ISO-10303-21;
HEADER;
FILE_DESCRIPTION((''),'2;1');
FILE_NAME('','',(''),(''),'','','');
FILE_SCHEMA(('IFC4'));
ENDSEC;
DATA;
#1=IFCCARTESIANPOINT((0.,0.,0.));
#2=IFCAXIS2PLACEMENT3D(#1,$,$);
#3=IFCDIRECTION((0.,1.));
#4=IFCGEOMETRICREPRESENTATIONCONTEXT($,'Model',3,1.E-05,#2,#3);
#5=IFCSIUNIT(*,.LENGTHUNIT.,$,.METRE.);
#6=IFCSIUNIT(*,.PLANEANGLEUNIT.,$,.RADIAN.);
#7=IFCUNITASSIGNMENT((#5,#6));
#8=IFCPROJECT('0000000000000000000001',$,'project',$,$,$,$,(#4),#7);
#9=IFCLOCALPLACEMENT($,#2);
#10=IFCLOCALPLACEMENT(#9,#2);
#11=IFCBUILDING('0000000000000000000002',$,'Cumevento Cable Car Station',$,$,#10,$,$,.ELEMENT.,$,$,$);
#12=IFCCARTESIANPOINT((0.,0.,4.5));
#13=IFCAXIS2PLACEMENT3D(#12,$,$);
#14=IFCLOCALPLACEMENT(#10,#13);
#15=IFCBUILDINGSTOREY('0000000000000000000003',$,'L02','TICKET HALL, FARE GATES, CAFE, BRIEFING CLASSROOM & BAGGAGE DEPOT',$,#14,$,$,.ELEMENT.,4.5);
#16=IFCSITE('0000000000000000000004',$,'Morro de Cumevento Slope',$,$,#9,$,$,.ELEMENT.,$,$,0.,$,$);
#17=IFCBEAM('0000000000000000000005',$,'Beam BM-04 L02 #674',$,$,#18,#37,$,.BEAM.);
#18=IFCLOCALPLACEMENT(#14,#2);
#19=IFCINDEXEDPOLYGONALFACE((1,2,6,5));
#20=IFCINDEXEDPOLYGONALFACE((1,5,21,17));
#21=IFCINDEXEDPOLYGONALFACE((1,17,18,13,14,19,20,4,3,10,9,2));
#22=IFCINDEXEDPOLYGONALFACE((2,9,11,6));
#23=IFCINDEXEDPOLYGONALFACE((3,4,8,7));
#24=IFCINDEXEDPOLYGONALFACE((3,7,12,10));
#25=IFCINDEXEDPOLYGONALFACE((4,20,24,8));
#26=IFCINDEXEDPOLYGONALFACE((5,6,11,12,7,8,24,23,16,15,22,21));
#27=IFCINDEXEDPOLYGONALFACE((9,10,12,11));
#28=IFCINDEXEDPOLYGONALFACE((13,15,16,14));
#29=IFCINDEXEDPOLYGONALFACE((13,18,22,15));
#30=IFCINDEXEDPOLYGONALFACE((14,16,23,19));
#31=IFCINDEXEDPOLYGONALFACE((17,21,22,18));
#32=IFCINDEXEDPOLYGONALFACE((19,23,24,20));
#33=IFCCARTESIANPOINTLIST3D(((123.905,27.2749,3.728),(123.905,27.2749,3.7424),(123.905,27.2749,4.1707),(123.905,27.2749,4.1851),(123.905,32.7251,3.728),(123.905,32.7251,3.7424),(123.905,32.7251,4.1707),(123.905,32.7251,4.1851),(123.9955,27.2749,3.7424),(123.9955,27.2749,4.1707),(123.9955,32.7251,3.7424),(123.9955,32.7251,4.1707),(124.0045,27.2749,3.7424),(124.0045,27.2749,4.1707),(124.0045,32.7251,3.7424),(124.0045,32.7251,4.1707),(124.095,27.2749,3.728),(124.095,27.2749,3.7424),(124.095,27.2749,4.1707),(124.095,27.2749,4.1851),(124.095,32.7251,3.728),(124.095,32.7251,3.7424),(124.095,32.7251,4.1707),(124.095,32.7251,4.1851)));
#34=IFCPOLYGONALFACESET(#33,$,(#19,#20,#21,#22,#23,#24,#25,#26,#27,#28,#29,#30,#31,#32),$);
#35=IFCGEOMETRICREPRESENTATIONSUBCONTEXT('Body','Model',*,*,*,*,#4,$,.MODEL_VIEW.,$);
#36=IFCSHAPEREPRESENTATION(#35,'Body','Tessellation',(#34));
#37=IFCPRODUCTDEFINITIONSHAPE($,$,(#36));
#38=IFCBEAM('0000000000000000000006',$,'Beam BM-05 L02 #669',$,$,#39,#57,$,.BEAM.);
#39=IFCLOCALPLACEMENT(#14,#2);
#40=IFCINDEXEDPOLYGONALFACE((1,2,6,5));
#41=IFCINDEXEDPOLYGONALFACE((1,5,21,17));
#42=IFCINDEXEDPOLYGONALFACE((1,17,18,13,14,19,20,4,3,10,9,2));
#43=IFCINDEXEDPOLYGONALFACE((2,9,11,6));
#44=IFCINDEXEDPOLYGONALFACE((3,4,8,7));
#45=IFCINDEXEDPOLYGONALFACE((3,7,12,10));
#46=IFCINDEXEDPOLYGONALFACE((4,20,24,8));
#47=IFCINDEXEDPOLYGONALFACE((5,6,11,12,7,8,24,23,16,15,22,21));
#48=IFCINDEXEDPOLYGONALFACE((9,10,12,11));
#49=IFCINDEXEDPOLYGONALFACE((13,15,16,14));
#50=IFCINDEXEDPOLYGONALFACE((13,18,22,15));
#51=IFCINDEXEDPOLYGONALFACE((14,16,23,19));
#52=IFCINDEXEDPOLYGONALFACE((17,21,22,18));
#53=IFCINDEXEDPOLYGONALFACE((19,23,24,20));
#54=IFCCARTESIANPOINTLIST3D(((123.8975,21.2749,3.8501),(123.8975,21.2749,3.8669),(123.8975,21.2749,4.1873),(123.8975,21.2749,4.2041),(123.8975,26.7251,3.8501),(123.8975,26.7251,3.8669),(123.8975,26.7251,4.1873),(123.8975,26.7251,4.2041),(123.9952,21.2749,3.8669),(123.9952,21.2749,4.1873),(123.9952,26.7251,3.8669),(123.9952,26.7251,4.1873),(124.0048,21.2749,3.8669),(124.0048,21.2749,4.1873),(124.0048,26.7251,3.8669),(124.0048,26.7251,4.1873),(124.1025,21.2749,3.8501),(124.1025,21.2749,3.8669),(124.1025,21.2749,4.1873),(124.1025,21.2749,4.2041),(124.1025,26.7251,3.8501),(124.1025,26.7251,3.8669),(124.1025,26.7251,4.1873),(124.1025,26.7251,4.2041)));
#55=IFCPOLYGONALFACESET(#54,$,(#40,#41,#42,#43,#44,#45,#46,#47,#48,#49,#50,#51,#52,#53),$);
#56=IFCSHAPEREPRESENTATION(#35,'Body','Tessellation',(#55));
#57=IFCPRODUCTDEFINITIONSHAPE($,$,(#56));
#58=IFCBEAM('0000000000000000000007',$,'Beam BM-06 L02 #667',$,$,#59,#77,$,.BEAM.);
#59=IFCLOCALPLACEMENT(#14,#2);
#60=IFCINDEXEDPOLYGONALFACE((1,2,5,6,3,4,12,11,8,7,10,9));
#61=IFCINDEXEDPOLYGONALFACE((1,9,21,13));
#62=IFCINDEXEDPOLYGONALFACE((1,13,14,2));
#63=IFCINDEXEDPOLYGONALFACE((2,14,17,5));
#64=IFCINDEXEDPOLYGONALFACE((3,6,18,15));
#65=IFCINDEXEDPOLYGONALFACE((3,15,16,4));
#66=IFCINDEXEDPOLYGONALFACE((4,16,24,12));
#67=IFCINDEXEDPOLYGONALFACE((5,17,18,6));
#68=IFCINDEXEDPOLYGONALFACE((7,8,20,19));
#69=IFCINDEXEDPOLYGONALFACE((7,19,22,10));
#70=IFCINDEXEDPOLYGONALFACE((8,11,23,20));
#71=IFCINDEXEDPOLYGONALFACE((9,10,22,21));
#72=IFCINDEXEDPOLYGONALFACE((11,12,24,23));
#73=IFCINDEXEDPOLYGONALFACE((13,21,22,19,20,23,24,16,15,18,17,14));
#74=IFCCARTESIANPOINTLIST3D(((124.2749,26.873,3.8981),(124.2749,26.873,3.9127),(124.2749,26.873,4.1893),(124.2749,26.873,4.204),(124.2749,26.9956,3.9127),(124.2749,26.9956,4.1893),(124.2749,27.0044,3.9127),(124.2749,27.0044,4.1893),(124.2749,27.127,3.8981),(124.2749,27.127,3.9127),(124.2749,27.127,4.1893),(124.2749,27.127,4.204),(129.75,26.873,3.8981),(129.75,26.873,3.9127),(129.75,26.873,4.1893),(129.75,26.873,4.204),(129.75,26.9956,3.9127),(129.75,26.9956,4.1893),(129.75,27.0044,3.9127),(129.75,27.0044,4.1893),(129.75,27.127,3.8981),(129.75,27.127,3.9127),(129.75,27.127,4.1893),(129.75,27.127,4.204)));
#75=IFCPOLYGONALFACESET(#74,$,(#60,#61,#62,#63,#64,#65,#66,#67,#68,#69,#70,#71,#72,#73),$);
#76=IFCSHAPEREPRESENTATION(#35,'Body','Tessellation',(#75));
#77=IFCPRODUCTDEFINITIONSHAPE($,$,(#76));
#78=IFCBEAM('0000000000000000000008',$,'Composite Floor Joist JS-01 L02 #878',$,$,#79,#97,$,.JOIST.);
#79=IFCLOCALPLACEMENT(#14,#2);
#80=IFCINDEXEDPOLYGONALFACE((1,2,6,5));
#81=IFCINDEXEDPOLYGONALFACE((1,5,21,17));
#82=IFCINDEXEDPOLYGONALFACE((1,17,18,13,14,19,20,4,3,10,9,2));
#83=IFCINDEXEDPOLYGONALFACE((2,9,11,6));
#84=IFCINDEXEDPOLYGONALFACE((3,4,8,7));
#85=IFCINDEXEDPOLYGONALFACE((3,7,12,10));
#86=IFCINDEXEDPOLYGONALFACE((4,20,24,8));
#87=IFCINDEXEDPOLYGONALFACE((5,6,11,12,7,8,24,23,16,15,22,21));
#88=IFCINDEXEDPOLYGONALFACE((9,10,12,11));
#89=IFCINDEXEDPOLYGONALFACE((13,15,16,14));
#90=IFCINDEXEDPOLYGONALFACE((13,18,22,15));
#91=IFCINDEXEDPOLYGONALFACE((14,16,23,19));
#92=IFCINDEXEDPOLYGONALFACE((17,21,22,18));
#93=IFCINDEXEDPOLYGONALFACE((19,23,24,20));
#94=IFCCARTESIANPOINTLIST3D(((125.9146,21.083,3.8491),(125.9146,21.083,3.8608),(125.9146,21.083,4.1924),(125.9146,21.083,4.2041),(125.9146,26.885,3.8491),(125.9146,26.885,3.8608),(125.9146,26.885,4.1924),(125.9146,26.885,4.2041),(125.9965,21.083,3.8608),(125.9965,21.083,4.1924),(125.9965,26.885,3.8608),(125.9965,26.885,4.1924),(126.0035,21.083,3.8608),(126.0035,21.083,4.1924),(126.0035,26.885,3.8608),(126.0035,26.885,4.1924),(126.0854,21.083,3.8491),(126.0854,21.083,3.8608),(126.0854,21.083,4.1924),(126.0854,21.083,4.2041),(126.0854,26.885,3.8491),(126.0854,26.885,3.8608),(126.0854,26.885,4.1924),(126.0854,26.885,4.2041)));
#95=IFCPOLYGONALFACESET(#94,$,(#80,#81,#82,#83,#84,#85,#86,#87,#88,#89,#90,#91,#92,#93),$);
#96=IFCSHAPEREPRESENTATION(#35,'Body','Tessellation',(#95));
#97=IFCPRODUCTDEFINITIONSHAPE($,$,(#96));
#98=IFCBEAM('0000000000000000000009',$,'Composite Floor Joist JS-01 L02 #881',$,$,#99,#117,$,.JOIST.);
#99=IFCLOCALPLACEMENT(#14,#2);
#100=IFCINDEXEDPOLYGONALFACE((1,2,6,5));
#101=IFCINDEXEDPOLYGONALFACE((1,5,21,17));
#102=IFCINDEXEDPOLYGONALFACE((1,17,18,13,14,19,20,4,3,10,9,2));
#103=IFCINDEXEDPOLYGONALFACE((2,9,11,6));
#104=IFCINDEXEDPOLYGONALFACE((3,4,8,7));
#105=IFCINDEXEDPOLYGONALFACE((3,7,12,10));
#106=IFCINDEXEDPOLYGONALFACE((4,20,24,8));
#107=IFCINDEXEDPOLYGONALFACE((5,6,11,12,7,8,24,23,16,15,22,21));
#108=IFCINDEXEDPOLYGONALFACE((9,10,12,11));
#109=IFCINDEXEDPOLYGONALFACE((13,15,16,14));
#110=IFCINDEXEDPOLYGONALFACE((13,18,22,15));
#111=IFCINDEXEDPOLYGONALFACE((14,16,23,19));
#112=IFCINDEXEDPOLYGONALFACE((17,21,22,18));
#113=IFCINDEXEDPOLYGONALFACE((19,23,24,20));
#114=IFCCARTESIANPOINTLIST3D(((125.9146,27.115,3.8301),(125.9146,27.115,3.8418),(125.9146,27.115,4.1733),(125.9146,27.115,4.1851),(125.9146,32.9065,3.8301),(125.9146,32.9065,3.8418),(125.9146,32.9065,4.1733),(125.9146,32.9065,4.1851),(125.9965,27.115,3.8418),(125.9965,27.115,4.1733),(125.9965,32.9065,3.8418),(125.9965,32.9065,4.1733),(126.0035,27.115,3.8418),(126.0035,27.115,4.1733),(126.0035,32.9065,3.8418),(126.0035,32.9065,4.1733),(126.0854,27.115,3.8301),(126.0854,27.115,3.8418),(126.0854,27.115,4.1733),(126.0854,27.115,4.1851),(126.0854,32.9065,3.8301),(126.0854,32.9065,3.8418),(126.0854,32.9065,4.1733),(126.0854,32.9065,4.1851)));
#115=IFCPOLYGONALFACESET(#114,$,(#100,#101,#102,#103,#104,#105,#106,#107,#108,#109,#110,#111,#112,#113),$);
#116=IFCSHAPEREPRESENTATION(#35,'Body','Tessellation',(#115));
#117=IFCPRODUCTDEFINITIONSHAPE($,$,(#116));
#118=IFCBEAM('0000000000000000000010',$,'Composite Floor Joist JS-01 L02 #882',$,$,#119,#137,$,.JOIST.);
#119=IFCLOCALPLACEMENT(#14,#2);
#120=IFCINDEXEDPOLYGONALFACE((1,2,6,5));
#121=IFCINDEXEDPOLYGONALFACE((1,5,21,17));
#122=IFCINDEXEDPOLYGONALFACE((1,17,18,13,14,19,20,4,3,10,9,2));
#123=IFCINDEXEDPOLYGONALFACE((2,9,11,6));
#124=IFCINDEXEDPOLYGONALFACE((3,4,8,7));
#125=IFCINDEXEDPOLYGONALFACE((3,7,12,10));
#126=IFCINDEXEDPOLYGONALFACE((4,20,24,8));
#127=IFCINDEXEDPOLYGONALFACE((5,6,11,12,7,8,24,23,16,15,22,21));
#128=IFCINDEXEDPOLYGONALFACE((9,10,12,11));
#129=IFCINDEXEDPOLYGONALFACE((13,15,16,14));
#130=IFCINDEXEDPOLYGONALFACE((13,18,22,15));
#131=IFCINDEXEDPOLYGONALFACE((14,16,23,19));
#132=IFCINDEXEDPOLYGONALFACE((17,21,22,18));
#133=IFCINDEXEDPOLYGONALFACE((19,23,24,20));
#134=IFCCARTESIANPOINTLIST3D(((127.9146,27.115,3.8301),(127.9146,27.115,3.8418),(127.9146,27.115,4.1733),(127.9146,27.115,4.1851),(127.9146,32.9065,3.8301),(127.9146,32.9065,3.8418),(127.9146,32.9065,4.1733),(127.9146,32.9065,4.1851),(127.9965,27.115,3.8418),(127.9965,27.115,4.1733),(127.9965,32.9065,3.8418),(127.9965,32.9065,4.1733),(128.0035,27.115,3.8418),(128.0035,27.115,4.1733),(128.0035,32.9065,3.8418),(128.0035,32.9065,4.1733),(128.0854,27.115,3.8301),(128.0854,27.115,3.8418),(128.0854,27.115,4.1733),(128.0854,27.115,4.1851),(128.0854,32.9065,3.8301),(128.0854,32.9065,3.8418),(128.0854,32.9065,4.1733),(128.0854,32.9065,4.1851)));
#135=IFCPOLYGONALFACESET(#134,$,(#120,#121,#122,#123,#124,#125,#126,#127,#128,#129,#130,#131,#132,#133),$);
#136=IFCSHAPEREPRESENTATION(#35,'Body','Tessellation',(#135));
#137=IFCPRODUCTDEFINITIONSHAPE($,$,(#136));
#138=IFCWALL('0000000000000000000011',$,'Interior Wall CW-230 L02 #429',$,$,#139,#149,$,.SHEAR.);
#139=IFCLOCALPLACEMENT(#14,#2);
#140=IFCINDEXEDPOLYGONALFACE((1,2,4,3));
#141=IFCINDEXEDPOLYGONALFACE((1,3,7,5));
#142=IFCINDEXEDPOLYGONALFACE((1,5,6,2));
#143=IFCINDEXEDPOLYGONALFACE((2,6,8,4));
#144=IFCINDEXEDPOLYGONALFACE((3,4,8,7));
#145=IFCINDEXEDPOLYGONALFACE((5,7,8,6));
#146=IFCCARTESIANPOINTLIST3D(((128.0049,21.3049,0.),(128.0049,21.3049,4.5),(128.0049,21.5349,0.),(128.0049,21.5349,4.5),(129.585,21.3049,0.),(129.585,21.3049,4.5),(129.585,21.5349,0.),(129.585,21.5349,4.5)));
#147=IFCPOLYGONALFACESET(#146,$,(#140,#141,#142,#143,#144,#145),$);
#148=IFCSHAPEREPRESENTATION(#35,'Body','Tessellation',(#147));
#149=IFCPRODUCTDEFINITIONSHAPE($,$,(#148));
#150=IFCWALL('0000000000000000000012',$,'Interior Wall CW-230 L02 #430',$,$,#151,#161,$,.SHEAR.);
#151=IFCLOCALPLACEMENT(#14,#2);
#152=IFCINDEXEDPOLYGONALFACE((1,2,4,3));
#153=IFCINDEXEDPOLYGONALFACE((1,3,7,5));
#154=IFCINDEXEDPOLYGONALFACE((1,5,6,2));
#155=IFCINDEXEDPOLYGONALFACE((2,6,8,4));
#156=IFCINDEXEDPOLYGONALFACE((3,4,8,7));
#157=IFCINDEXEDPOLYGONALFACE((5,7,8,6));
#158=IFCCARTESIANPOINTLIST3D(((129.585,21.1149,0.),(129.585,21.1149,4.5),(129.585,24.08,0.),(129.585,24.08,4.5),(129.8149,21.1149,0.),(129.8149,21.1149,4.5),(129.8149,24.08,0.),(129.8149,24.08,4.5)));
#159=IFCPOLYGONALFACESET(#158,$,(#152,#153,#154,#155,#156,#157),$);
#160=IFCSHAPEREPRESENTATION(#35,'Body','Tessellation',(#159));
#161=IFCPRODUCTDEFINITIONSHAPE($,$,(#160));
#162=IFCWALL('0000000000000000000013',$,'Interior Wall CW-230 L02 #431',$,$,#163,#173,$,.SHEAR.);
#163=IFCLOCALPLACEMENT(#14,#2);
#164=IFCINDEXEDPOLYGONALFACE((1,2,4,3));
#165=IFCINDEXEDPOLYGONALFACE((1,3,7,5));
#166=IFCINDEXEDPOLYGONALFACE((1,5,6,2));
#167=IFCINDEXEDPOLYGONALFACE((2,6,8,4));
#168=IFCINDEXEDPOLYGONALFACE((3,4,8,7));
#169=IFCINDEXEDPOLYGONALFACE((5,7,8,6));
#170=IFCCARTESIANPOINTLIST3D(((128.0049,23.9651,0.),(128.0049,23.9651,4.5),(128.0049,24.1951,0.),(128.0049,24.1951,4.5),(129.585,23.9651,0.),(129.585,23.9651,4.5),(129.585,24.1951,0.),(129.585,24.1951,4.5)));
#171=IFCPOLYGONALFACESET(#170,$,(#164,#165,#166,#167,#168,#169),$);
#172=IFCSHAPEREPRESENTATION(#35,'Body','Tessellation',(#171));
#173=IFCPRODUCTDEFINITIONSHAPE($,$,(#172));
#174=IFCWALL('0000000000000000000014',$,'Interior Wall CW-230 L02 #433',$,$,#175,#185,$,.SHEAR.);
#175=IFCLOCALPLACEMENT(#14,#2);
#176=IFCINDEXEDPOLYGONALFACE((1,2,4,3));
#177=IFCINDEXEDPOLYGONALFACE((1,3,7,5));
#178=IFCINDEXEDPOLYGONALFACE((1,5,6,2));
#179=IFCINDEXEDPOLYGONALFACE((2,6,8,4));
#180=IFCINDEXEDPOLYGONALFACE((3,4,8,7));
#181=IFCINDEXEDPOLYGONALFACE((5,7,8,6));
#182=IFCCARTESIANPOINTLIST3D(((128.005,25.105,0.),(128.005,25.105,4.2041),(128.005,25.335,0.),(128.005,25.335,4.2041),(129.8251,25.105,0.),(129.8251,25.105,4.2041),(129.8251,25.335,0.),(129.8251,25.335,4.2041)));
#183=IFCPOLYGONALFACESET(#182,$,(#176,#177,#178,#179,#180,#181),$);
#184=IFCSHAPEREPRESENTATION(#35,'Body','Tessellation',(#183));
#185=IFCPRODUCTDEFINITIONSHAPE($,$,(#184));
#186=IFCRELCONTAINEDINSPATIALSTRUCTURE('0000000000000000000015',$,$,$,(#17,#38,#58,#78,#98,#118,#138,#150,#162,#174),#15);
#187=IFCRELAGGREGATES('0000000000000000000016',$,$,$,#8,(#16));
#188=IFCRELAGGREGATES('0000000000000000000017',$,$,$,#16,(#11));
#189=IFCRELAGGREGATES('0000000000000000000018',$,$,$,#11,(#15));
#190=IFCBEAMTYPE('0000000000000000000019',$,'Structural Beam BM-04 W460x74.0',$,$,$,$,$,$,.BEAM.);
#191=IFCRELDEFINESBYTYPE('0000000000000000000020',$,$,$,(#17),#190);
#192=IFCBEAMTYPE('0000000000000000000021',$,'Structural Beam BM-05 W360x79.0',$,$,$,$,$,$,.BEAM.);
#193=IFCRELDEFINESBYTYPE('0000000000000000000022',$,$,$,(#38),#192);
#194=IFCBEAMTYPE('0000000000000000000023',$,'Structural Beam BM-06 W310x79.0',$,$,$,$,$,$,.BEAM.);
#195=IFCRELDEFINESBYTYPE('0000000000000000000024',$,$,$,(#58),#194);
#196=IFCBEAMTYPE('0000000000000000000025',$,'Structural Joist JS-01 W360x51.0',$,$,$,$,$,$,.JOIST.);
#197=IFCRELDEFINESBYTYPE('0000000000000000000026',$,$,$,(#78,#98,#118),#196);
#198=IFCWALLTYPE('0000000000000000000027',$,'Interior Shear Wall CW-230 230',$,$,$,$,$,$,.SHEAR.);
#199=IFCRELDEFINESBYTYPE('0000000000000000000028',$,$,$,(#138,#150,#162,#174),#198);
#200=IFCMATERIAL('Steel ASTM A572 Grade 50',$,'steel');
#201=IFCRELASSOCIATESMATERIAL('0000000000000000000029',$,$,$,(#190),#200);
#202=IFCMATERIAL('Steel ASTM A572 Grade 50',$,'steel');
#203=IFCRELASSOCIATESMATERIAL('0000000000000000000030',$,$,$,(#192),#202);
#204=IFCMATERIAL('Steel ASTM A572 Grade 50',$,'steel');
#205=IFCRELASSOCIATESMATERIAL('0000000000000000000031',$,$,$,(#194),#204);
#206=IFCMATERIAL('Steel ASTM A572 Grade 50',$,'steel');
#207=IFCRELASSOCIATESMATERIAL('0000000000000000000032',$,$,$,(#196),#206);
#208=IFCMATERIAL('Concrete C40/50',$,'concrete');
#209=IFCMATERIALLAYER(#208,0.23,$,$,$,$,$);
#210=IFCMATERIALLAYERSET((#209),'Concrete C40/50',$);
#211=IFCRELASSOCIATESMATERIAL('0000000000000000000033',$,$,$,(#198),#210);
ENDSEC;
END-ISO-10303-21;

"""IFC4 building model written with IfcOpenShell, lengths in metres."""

from ifc_helpers import new_model, si_unit, direction, frame, frame_2d, origin, origin_2d, place, context, subcontext, project, spatial, rectangle, i_section, extrude, material, layer, layer_set, material_profile, profile_set, type_object, element, save


model = new_model("IFC4")

# Units and contexts
model_context = context("Model", 3, precision=1e-05, world=origin(), true_north=direction((0.0, 1.0)))
body_context = subcontext(model_context, "Body", "Model", "MODEL_VIEW")
ifc_project = project(units=[si_unit("LENGTHUNIT", "METRE"), si_unit("PLANEANGLEUNIT", "RADIAN")], contexts=[model_context])

# Site, building, storey
site_placement = place(None, origin())
site = spatial("IfcSite", under=ifc_project, at=site_placement, Name="Morro de Cumevento Slope", CompositionType="ELEMENT", RefElevation=0.0)
building_placement = place(site_placement, origin())
building = spatial("IfcBuilding", under=site, at=building_placement, Name="Cumevento Cable Car Station", CompositionType="ELEMENT")
storey_placement = place(building_placement, frame((0.0, 0.0, 4.5)))
storey = spatial("IfcBuildingStorey", under=building, at=storey_placement, Name="L02", Description="TICKET HALL, FARE GATES, CAFE, BRIEFING CLASSROOM & BAGGAGE DEPOT", CompositionType="ELEMENT", Elevation=4.5)

# Beams
ifc_material_1 = material(Name="Steel ASTM A572 Grade 50", Category="steel")
ifc_material_profile_1 = material_profile(ifc_material_1, i_section(OverallWidth=0.1899, OverallDepth=0.457, WebThickness=0.009, FlangeThickness=0.0144, at=origin_2d()), Name="W460x74.0")
ifc_profile_set_1 = profile_set([ifc_material_profile_1], Name="Steel ASTM A572 Grade 50")
beam_type_1 = type_object("IfcBeamType", Name="Structural Beam BM-04 W460x74.0", PredefinedType="BEAM", material=ifc_profile_set_1)
beam_1_placement = place(storey_placement, frame((124.0, 27.2749, 3.9565), z_axis=(0.0, 1.0, 0.0), x_axis=(-1.0, 0.0, 0.0)))
element("IfcBeam", 1, at=beam_1_placement, inside=storey, type_object=beam_type_1, Name="Beam BM-04 L02 #674", PredefinedType="BEAM", context=body_context, shape_type="SweptSolid", body=[
    extrude(i_section(OverallWidth=0.1899, OverallDepth=0.457, WebThickness=0.009, FlangeThickness=0.0144, at=origin_2d()), origin(), (0.0, 0.0, 1.0), 5.4502),
])
ifc_material_2 = material(Name="Steel ASTM A572 Grade 50", Category="steel")
ifc_material_profile_2 = material_profile(ifc_material_2, i_section(OverallWidth=0.2051, OverallDepth=0.354, WebThickness=0.0095, FlangeThickness=0.0168, at=origin_2d()), Name="W360x79.0")
ifc_profile_set_2 = profile_set([ifc_material_profile_2], Name="Steel ASTM A572 Grade 50")
beam_type_2 = type_object("IfcBeamType", Name="Structural Beam BM-05 W360x79.0", PredefinedType="BEAM", material=ifc_profile_set_2)
beam_2_placement = place(storey_placement, frame((124.0, 21.2749, 4.0271), z_axis=(0.0, 1.0, 0.0), x_axis=(-1.0, 0.0, 0.0)))
element("IfcBeam", 2, at=beam_2_placement, inside=storey, type_object=beam_type_2, Name="Beam BM-05 L02 #669", PredefinedType="BEAM", context=body_context, shape_type="SweptSolid", body=[
    extrude(i_section(OverallWidth=0.2051, OverallDepth=0.354, WebThickness=0.0095, FlangeThickness=0.0168, at=origin_2d()), origin(), (0.0, 0.0, 1.0), 5.4502),
])
ifc_material_3 = material(Name="Steel ASTM A572 Grade 50", Category="steel")
ifc_material_profile_3 = material_profile(ifc_material_3, i_section(OverallWidth=0.2539, OverallDepth=0.3059, WebThickness=0.0088, FlangeThickness=0.0146, at=origin_2d()), Name="W310x79.0")
ifc_profile_set_3 = profile_set([ifc_material_profile_3], Name="Steel ASTM A572 Grade 50")
beam_type_3 = type_object("IfcBeamType", Name="Structural Beam BM-06 W310x79.0", PredefinedType="BEAM", material=ifc_profile_set_3)
beam_3_placement = place(storey_placement, frame((124.2749, 27.0, 4.051), z_axis=(1.0, 0.0, 0.0), x_axis=(0.0, 1.0, 0.0)))
element("IfcBeam", 3, at=beam_3_placement, inside=storey, type_object=beam_type_3, Name="Beam BM-06 L02 #667", PredefinedType="BEAM", context=body_context, shape_type="SweptSolid", body=[
    extrude(i_section(OverallWidth=0.2539, OverallDepth=0.3059, WebThickness=0.0088, FlangeThickness=0.0146, at=origin_2d()), origin(), (0.0, 0.0, 1.0), 5.4751),
])
ifc_material_4 = material(Name="Steel ASTM A572 Grade 50", Category="steel")
ifc_material_profile_4 = material_profile(ifc_material_4, i_section(OverallWidth=0.1709, OverallDepth=0.355, WebThickness=0.0071, FlangeThickness=0.0117, at=origin_2d()), Name="W360x51.0")
ifc_profile_set_4 = profile_set([ifc_material_profile_4], Name="Steel ASTM A572 Grade 50")
beam_type_4 = type_object("IfcBeamType", Name="Structural Joist JS-01 W360x51.0", PredefinedType="JOIST", material=ifc_profile_set_4)
beam_4_placement = place(storey_placement, frame((126.0, 21.083, 4.0266), z_axis=(0.0, 1.0, 0.0), x_axis=(-1.0, 0.0, 0.0)))
element("IfcBeam", 4, at=beam_4_placement, inside=storey, type_object=beam_type_4, Name="Composite Floor Joist JS-01 L02 #878", PredefinedType="JOIST", context=body_context, shape_type="SweptSolid", body=[
    extrude(i_section(OverallWidth=0.1709, OverallDepth=0.355, WebThickness=0.0071, FlangeThickness=0.0117, at=origin_2d()), origin(), (0.0, 0.0, 1.0), 5.802),
])
for number, where, z_axis, x_axis, name in (
    (5, (126.0, 27.115, 4.0076), (0.0, 1.0, 0.0), (-1.0, 0.0, 0.0), "Composite Floor Joist JS-01 L02 #881"),
    (6, (128.0, 27.115, 4.0076), (0.0, 1.0, 0.0), (-1.0, 0.0, 0.0), "Composite Floor Joist JS-01 L02 #882"),
):
    element("IfcBeam", number, at=place(storey_placement, frame(where, z_axis=z_axis, x_axis=x_axis)), inside=storey, type_object=beam_type_4, Name=name, PredefinedType="JOIST", context=body_context, shape_type="SweptSolid", body=[
        extrude(i_section(OverallWidth=0.1709, OverallDepth=0.355, WebThickness=0.0071, FlangeThickness=0.0117, at=origin_2d()), origin(), (0.0, 0.0, 1.0), 5.7915),
    ])

# Walls
ifc_material_5 = material(Name="Concrete C40/50", Category="concrete")
ifc_layer_1 = layer(ifc_material_5, 0.23)
ifc_layer_set_1 = layer_set([ifc_layer_1], Name="Concrete C40/50")
wall_type_1 = type_object("IfcWallType", Name="Interior Shear Wall CW-230 230", PredefinedType="SHEAR", material=ifc_layer_set_1)
wall_1_placement = place(storey_placement, frame((128.0049, 21.4199, 0.0), z_axis=(0.0, 0.0, 1.0), x_axis=(1.0, 0.0, 0.0)))
element("IfcWall", 7, at=wall_1_placement, inside=storey, type_object=wall_type_1, Name="Interior Wall CW-230 L02 #429", PredefinedType="SHEAR", context=body_context, shape_type="SweptSolid", body=[
    extrude(rectangle(XDim=1.5801, YDim=0.23, at=frame_2d((0.79, 0.0))), origin(), (0.0, 0.0, 1.0), 4.5),
])
wall_2_placement = place(storey_placement, frame((129.7, 21.115, 0.0), z_axis=(0.0, 0.0, 1.0), x_axis=(0.0, 1.0, 0.0)))
element("IfcWall", 8, at=wall_2_placement, inside=storey, type_object=wall_type_1, Name="Interior Wall CW-230 L02 #430", PredefinedType="SHEAR", context=body_context, shape_type="SweptSolid", body=[
    extrude(rectangle(XDim=2.9651, YDim=0.23, at=frame_2d((1.4824, 0.0))), origin(), (0.0, 0.0, 1.0), 4.5),
])
wall_3_placement = place(storey_placement, frame((128.0049, 24.0801, 0.0), z_axis=(0.0, 0.0, 1.0), x_axis=(1.0, 0.0, 0.0)))
element("IfcWall", 9, at=wall_3_placement, inside=storey, type_object=wall_type_1, Name="Interior Wall CW-230 L02 #431", PredefinedType="SHEAR", context=body_context, shape_type="SweptSolid", body=[
    extrude(rectangle(XDim=1.5801, YDim=0.23, at=frame_2d((0.79, 0.0))), origin(), (0.0, 0.0, 1.0), 4.5),
])
wall_4_placement = place(storey_placement, frame((128.0049, 25.22, 0.0), z_axis=(0.0, 0.0, 1.0), x_axis=(1.0, 0.0, 0.0)))
element("IfcWall", 10, at=wall_4_placement, inside=storey, type_object=wall_type_1, Name="Interior Wall CW-230 L02 #433", PredefinedType="SHEAR", context=body_context, shape_type="SweptSolid", body=[
    extrude(rectangle(XDim=1.8201, YDim=0.23, at=frame_2d((0.9102, 0.0))), origin(), (0.0, 0.0, 1.0), 4.2041),
])

save(model, "model.ifc")
